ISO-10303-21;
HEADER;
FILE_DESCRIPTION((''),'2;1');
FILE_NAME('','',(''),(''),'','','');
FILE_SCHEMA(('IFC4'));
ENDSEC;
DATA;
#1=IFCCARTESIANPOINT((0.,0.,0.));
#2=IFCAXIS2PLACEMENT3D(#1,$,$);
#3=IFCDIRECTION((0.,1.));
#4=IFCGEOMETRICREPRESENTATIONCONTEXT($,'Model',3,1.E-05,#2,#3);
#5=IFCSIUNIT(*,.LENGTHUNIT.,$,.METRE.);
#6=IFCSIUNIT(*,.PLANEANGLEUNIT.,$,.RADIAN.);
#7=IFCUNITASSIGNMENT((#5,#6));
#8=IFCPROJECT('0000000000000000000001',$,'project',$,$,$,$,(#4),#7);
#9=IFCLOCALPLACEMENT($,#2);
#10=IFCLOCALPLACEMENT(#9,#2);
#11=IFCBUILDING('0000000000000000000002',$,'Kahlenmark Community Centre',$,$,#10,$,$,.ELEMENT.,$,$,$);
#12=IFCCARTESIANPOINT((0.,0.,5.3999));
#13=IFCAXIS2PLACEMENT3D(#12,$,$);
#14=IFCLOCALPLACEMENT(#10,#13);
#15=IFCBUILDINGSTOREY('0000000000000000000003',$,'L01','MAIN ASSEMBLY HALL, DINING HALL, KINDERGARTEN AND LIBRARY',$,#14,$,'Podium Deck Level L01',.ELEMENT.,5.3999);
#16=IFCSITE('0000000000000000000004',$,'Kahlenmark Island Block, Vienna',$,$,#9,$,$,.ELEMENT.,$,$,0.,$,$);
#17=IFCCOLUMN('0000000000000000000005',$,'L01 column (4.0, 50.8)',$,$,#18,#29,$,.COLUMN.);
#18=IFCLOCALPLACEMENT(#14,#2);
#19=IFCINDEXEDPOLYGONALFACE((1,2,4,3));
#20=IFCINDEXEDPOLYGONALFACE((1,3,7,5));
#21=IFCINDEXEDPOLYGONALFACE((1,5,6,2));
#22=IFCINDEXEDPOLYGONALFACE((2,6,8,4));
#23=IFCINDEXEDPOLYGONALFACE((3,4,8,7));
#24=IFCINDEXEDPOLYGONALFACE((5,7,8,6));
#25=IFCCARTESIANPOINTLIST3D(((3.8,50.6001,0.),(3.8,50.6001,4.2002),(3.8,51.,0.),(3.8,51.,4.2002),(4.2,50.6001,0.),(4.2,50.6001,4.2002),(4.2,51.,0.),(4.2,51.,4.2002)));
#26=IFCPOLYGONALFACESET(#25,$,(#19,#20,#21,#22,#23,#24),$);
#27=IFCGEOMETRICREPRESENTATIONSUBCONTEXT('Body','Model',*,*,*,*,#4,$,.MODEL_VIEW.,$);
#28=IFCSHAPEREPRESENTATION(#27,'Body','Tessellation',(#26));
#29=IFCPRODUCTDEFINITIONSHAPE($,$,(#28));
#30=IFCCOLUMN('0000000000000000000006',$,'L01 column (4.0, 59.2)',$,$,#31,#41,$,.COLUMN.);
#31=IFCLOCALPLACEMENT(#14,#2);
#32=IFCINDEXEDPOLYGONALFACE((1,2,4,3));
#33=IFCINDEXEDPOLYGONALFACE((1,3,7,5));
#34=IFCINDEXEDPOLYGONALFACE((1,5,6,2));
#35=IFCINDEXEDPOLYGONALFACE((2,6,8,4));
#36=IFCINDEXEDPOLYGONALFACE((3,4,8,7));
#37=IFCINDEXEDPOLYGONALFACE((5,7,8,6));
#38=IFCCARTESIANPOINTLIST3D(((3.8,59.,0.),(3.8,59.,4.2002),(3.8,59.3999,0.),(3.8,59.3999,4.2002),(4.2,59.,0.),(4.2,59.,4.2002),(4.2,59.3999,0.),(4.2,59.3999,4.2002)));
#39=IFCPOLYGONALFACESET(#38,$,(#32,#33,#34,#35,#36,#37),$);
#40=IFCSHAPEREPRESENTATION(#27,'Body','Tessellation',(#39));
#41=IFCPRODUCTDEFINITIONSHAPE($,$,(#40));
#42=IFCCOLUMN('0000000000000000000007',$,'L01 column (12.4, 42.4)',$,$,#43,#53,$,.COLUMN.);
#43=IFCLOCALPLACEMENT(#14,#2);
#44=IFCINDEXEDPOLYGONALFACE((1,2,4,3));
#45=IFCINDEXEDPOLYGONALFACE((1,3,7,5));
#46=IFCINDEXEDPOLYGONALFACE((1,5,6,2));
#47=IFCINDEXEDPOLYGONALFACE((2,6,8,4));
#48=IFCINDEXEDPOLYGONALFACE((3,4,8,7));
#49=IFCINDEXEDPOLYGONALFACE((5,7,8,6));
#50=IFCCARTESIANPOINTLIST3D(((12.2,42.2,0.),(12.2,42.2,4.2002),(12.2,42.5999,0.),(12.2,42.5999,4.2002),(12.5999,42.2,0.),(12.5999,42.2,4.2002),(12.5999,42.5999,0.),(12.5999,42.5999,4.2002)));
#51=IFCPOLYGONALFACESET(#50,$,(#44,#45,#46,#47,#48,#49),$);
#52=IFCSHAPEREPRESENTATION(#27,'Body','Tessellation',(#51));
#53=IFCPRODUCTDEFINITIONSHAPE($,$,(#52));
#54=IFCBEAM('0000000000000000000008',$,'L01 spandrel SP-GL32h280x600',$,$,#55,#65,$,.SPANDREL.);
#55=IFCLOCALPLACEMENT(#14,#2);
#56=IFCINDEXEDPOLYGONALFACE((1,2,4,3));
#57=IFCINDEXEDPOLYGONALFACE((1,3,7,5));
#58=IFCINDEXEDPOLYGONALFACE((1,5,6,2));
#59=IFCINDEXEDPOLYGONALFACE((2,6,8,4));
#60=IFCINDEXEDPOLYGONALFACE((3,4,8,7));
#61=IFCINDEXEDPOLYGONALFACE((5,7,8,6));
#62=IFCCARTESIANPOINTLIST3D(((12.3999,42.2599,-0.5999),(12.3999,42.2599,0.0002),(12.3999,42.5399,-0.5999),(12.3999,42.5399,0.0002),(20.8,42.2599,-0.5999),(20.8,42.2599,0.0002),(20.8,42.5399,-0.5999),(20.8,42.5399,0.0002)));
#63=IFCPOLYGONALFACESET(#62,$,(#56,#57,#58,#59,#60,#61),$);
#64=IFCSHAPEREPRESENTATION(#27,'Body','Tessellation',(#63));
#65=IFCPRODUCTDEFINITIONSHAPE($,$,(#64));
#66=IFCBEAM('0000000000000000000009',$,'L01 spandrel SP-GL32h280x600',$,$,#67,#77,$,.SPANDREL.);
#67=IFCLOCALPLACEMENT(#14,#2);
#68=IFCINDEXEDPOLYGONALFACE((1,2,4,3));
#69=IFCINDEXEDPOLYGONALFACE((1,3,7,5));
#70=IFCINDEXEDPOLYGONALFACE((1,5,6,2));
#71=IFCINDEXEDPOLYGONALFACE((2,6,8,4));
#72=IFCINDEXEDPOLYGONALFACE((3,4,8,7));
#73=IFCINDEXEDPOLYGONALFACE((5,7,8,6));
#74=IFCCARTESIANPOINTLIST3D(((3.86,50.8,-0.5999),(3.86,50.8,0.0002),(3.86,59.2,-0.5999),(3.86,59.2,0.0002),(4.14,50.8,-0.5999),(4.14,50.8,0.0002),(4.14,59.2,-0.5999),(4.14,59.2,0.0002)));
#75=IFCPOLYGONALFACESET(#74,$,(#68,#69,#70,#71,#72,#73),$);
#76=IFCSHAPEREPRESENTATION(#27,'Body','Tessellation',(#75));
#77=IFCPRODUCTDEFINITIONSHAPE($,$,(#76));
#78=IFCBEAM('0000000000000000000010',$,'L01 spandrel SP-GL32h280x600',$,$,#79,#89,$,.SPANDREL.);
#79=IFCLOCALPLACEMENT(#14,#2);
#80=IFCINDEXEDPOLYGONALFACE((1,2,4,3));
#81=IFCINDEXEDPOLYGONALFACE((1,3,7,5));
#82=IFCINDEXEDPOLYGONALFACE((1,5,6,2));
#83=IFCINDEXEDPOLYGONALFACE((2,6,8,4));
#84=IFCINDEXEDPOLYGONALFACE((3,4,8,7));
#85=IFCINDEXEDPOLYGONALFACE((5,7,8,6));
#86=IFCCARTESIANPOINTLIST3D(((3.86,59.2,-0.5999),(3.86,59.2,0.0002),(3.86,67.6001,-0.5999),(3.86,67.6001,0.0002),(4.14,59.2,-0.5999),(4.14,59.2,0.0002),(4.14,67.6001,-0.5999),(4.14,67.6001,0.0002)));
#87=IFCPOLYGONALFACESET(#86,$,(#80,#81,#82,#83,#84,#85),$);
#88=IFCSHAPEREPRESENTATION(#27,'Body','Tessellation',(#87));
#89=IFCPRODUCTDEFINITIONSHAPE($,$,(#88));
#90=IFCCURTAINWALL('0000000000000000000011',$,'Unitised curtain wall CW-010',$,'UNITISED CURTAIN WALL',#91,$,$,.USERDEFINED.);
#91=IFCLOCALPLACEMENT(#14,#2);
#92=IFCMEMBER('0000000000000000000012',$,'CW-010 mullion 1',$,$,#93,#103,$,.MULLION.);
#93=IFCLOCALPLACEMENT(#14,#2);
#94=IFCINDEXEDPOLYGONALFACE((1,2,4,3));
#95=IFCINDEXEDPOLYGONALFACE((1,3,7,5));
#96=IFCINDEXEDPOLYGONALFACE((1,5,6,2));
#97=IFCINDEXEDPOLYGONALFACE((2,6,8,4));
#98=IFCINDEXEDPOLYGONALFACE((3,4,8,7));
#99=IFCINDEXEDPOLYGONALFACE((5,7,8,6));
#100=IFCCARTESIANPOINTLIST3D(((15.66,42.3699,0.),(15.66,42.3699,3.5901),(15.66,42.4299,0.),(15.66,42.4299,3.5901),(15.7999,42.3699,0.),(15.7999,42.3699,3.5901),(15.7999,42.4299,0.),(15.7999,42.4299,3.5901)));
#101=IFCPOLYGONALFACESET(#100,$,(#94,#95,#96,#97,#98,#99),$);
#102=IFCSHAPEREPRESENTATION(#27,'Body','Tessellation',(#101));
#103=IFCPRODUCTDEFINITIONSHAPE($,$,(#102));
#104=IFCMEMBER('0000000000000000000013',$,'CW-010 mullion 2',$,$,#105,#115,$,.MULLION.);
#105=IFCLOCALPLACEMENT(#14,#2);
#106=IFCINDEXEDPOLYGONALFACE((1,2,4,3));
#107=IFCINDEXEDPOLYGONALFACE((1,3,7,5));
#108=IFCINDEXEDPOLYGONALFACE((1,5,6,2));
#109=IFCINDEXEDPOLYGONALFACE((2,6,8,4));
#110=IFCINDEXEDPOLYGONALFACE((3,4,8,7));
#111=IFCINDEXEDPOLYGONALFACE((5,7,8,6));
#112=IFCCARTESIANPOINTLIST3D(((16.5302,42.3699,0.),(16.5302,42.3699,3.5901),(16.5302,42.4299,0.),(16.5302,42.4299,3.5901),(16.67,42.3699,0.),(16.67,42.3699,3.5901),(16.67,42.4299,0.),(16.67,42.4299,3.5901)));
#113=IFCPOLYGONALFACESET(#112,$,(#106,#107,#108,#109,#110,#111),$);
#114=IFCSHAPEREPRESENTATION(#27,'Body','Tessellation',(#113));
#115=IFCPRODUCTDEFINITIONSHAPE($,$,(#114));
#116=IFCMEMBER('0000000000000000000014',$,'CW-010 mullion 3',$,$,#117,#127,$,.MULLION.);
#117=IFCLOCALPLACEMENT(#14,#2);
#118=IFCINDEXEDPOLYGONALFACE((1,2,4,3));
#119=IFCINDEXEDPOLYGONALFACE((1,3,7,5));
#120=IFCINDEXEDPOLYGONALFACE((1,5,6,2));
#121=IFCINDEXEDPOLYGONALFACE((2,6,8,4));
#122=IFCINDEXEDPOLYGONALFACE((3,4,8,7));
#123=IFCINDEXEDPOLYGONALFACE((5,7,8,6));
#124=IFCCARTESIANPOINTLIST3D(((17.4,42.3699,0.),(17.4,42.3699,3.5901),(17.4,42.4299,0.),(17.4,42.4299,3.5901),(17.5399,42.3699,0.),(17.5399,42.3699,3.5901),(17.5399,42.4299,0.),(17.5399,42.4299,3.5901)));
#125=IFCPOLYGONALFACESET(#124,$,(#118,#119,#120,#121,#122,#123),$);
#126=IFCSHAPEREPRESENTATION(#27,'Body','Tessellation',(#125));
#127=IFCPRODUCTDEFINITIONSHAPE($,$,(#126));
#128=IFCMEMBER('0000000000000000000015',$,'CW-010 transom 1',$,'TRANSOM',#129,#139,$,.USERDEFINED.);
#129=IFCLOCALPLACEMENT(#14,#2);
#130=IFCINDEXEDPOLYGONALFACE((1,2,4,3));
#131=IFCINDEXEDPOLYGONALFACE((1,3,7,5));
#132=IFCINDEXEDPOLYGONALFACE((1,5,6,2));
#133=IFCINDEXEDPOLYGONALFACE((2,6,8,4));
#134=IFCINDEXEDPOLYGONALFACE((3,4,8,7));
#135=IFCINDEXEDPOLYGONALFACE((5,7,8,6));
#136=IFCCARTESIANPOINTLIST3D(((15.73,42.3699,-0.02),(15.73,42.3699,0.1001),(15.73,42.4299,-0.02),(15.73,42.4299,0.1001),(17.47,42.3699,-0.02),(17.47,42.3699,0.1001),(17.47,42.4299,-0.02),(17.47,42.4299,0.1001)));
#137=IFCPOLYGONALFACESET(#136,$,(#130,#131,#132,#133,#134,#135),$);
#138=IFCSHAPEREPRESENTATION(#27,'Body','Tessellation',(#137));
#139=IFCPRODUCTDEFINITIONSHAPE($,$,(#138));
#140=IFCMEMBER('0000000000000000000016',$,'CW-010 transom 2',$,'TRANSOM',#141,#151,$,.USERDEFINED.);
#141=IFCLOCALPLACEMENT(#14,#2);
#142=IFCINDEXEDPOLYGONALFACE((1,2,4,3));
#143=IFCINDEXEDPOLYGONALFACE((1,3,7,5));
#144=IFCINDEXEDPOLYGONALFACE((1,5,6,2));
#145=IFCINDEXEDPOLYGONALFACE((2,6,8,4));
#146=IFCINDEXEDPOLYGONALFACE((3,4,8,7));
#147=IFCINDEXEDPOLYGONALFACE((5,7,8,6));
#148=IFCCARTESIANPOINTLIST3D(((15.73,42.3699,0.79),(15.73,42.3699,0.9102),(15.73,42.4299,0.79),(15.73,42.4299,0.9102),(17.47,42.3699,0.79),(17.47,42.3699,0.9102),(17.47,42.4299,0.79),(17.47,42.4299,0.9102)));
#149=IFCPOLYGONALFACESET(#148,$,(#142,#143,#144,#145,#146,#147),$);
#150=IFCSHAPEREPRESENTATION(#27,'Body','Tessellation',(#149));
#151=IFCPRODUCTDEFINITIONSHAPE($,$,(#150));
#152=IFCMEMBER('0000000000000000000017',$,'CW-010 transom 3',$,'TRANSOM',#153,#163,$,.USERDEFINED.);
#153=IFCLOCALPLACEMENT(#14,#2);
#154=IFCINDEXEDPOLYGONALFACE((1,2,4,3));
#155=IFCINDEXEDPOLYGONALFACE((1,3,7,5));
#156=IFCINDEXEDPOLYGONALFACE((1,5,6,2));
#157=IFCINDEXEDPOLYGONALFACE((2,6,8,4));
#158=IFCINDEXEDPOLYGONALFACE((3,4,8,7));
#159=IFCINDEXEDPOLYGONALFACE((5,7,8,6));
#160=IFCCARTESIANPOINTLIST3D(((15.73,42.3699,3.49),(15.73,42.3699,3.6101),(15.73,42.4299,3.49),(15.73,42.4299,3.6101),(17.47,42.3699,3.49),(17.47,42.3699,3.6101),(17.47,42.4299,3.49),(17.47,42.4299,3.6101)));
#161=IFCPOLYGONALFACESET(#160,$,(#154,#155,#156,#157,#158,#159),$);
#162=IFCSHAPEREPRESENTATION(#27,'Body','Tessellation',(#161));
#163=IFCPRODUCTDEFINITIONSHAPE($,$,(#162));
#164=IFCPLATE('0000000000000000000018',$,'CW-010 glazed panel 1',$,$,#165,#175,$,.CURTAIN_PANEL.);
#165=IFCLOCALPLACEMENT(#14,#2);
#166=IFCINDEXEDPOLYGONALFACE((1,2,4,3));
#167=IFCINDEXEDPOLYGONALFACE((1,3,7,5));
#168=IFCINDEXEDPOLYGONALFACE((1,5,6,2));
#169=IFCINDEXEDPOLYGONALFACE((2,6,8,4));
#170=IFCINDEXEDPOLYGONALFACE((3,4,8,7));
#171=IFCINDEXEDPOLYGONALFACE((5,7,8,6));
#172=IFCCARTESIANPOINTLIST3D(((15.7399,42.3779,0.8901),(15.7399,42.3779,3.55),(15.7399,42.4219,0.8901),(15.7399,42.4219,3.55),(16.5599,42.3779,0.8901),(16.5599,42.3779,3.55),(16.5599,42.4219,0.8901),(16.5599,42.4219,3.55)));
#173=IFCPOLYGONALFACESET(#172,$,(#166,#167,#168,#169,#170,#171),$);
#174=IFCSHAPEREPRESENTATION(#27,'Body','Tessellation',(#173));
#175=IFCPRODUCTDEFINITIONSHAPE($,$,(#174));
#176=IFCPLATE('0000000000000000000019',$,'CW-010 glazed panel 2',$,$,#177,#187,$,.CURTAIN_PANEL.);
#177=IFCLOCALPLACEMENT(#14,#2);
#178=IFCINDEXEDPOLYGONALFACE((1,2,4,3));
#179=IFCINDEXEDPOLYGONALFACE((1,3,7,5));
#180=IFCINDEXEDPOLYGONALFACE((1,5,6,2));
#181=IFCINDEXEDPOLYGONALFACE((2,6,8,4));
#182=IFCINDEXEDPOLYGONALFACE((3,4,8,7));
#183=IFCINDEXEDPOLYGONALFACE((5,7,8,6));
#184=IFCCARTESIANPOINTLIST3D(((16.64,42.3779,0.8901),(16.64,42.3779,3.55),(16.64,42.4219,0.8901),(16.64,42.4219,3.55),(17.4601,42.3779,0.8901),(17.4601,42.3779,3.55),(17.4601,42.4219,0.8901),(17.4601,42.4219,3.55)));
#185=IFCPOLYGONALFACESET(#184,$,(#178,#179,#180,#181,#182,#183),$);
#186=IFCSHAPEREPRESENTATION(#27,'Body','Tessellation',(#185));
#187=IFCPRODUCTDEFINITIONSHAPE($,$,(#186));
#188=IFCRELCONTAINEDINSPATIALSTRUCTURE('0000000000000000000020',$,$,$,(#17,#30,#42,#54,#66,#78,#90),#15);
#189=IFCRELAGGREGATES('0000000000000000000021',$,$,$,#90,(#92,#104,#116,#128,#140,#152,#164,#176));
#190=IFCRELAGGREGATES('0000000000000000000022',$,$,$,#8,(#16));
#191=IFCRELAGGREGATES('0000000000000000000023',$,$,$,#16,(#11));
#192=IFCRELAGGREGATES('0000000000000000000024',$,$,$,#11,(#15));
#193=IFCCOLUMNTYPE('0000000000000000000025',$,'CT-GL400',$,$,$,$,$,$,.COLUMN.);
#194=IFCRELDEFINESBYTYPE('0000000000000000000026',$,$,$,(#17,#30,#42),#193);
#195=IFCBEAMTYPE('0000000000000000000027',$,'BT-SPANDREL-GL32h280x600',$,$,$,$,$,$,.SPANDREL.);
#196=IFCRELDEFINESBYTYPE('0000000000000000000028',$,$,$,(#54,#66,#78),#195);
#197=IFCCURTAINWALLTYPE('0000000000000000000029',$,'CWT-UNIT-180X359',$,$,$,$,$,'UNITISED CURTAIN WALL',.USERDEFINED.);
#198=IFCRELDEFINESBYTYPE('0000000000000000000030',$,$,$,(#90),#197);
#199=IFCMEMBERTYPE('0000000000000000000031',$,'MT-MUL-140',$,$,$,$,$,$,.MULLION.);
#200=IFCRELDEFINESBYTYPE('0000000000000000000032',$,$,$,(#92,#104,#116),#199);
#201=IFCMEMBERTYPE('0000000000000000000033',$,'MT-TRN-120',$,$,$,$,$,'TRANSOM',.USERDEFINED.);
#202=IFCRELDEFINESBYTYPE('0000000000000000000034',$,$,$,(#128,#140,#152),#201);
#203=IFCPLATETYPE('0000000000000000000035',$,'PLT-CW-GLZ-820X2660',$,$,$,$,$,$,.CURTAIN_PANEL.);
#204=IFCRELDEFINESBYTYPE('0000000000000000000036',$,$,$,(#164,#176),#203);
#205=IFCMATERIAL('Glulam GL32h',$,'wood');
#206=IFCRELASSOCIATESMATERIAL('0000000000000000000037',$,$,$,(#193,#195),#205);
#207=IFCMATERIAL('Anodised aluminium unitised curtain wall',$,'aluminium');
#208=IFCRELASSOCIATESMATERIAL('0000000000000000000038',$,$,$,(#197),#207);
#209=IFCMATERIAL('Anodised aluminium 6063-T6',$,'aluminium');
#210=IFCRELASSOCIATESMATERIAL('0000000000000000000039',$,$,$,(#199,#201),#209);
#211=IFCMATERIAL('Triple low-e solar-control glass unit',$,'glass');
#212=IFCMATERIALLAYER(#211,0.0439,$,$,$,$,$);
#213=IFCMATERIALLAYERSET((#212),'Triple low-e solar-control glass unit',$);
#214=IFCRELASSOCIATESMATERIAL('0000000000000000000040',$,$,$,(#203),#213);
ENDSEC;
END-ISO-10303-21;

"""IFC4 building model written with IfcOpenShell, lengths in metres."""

from ifc_helpers import new_model, si_unit, direction, frame, origin, origin_2d, place, context, subcontext, project, spatial, rectangle, extrude, material, layer, layer_set, material_profile, profile_set, type_object, element, aggregate, save


model = new_model("IFC4")

# Units and contexts
model_context = context("Model", 3, precision=1e-05, world=origin(), true_north=direction((0.0, 1.0)))
body_context = subcontext(model_context, "Body", "Model", "MODEL_VIEW")
ifc_project = project(units=[si_unit("LENGTHUNIT", "METRE"), si_unit("PLANEANGLEUNIT", "RADIAN")], contexts=[model_context])

# Site, building, storey
site_placement = place(None, origin())
site = spatial("IfcSite", under=ifc_project, at=site_placement, Name="Kahlenmark Island Block, Vienna", CompositionType="ELEMENT", RefElevation=0.0)
building_placement = place(site_placement, origin())
building = spatial("IfcBuilding", under=site, at=building_placement, Name="Kahlenmark Community Centre", CompositionType="ELEMENT")
storey_placement = place(building_placement, frame((0.0, 0.0, 5.3999)))
storey = spatial("IfcBuildingStorey", under=building, at=storey_placement, Name="L01", Description="MAIN ASSEMBLY HALL, DINING HALL, KINDERGARTEN AND LIBRARY", LongName="Podium Deck Level L01", CompositionType="ELEMENT", Elevation=5.3999)

# Columns
ifc_material_1 = material(Name="Glulam GL32h", Category="wood")
ifc_material_profile_1 = material_profile(ifc_material_1, rectangle(XDim=0.3999, YDim=0.3999, at=origin_2d()), Name="GL32h 400x400")
ifc_profile_set_1 = profile_set([ifc_material_profile_1], Name="Glulam GL32h")
column_type = type_object("IfcColumnType", Name="CT-GL400", PredefinedType="COLUMN", material=ifc_profile_set_1)
for number, where, z_axis, x_axis, name in (
    (1, (4.0, 50.8, 0.0), (0.0, 0.0, 1.0), (1.0, 0.0, 0.0), "L01 column (4.0, 50.8)"),
    (2, (4.0, 59.2, 0.0), (0.0, 0.0, 1.0), (1.0, 0.0, 0.0), "L01 column (4.0, 59.2)"),
    (3, (12.3999, 42.3999, 0.0), (0.0, 0.0, 1.0), (1.0, 0.0, 0.0), "L01 column (12.4, 42.4)"),
):
    element("IfcColumn", number, at=place(storey_placement, frame(where, z_axis=z_axis, x_axis=x_axis)), inside=storey, type_object=column_type, Name=name, PredefinedType="COLUMN", context=body_context, shape_type="SweptSolid", body=[
        extrude(rectangle(XDim=0.3999, YDim=0.3999, at=origin_2d()), origin(), (0.0, 0.0, 1.0), 4.2002),
    ])

# Beams
ifc_material_profile_2 = material_profile(ifc_material_1, rectangle(XDim=0.28, YDim=0.6001, at=origin_2d()), Name="GL32h 280x600")
ifc_profile_set_2 = profile_set([ifc_material_profile_2], Name="Glulam GL32h")
beam_type = type_object("IfcBeamType", Name="BT-SPANDREL-GL32h280x600", PredefinedType="SPANDREL", material=ifc_profile_set_2)
beam_1_placement = place(storey_placement, frame((12.3999, 42.3999, -0.2998), z_axis=(1.0, 0.0, 0.0), x_axis=(0.0, 1.0, 0.0)))
element("IfcBeam", 4, at=beam_1_placement, inside=storey, type_object=beam_type, Name="L01 spandrel SP-GL32h280x600", PredefinedType="SPANDREL", context=body_context, shape_type="SweptSolid", body=[
    extrude(rectangle(XDim=0.28, YDim=0.6001, at=origin_2d()), origin(), (0.0, 0.0, 1.0), 8.4001),
])
beam_2_placement = place(storey_placement, frame((4.0, 50.8, -0.2998), z_axis=(0.0, 1.0, 0.0), x_axis=(-1.0, 0.0, 0.0)))
element("IfcBeam", 5, at=beam_2_placement, inside=storey, type_object=beam_type, Name="L01 spandrel SP-GL32h280x600", PredefinedType="SPANDREL", context=body_context, shape_type="SweptSolid", body=[
    extrude(rectangle(XDim=0.28, YDim=0.6001, at=origin_2d()), origin(), (0.0, 0.0, 1.0), 8.3999),
])
beam_3_placement = place(storey_placement, frame((4.0, 59.2, -0.2998), z_axis=(0.0, 1.0, 0.0), x_axis=(-1.0, 0.0, 0.0)))
element("IfcBeam", 6, at=beam_3_placement, inside=storey, type_object=beam_type, Name="L01 spandrel SP-GL32h280x600", PredefinedType="SPANDREL", context=body_context, shape_type="SweptSolid", body=[
    extrude(rectangle(XDim=0.28, YDim=0.6001, at=origin_2d()), origin(), (0.0, 0.0, 1.0), 8.4001),
])

# Curtain wall, members, plates
ifc_material_2 = material(Name="Anodised aluminium unitised curtain wall", Category="aluminium")
curtain_wall_type = type_object("IfcCurtainWallType", Name="CWT-UNIT-180X359", ElementType="UNITISED CURTAIN WALL", PredefinedType="USERDEFINED", material=ifc_material_2)
curtain_wall_placement = place(storey_placement, origin())
curtain_wall = element("IfcCurtainWall", 7, at=curtain_wall_placement, inside=storey, type_object=curtain_wall_type, Name="Unitised curtain wall CW-010", ObjectType="UNITISED CURTAIN WALL", PredefinedType="USERDEFINED")
ifc_material_3 = material(Name="Anodised aluminium 6063-T6", Category="aluminium")
ifc_material_profile_3 = material_profile(ifc_material_3, rectangle(XDim=0.0601, YDim=0.1399, at=origin_2d()), Name="ALU MULLION 60x140")
ifc_profile_set_3 = profile_set([ifc_material_profile_3], Name="Anodised aluminium 6063-T6")
member_type_1 = type_object("IfcMemberType", Name="MT-MUL-140", PredefinedType="MULLION", material=ifc_profile_set_3)
member_1_placement = place(storey_placement, frame((15.73, 42.3999, 0.0), z_axis=(0.0, 0.0, 1.0), x_axis=(0.0, 1.0, 0.0)))
member_1 = element("IfcMember", 8, at=member_1_placement, type_object=member_type_1, Name="CW-010 mullion 1", PredefinedType="MULLION", context=body_context, shape_type="SweptSolid", body=[
    extrude(rectangle(XDim=0.0601, YDim=0.1399, at=origin_2d()), origin(), (0.0, 0.0, 1.0), 3.5901),
])
member_2_placement = place(storey_placement, frame((16.6001, 42.3999, 0.0), z_axis=(0.0, 0.0, 1.0), x_axis=(0.0, 1.0, 0.0)))
member_2 = element("IfcMember", 9, at=member_2_placement, type_object=member_type_1, Name="CW-010 mullion 2", PredefinedType="MULLION", context=body_context, shape_type="SweptSolid", body=[
    extrude(rectangle(XDim=0.0601, YDim=0.1399, at=origin_2d()), origin(), (0.0, 0.0, 1.0), 3.5901),
])
member_3_placement = place(storey_placement, frame((17.47, 42.3999, 0.0), z_axis=(0.0, 0.0, 1.0), x_axis=(0.0, 1.0, 0.0)))
member_3 = element("IfcMember", 10, at=member_3_placement, type_object=member_type_1, Name="CW-010 mullion 3", PredefinedType="MULLION", context=body_context, shape_type="SweptSolid", body=[
    extrude(rectangle(XDim=0.0601, YDim=0.1399, at=origin_2d()), origin(), (0.0, 0.0, 1.0), 3.5901),
])
ifc_material_profile_4 = material_profile(ifc_material_3, rectangle(XDim=0.0601, YDim=0.1201, at=origin_2d()), Name="ALU TRANSOM 60x120")
ifc_profile_set_4 = profile_set([ifc_material_profile_4], Name="Anodised aluminium 6063-T6")
member_type_2 = type_object("IfcMemberType", Name="MT-TRN-120", ElementType="TRANSOM", PredefinedType="USERDEFINED", material=ifc_profile_set_4)
member_4_placement = place(storey_placement, frame((15.73, 42.3999, 0.04), z_axis=(1.0, 0.0, 0.0), x_axis=(0.0, 1.0, 0.0)))
member_4 = element("IfcMember", 11, at=member_4_placement, type_object=member_type_2, Name="CW-010 transom 1", ObjectType="TRANSOM", PredefinedType="USERDEFINED", context=body_context, shape_type="SweptSolid", body=[
    extrude(rectangle(XDim=0.0601, YDim=0.1201, at=origin_2d()), origin(), (0.0, 0.0, 1.0), 1.74),
])
member_5_placement = place(storey_placement, frame((15.73, 42.3999, 0.8501), z_axis=(1.0, 0.0, 0.0), x_axis=(0.0, 1.0, 0.0)))
member_5 = element("IfcMember", 12, at=member_5_placement, type_object=member_type_2, Name="CW-010 transom 2", ObjectType="TRANSOM", PredefinedType="USERDEFINED", context=body_context, shape_type="SweptSolid", body=[
    extrude(rectangle(XDim=0.0601, YDim=0.1201, at=origin_2d()), origin(), (0.0, 0.0, 1.0), 1.74),
])
member_6_placement = place(storey_placement, frame((15.73, 42.3999, 3.55), z_axis=(1.0, 0.0, 0.0), x_axis=(0.0, 1.0, 0.0)))
member_6 = element("IfcMember", 13, at=member_6_placement, type_object=member_type_2, Name="CW-010 transom 3", ObjectType="TRANSOM", PredefinedType="USERDEFINED", context=body_context, shape_type="SweptSolid", body=[
    extrude(rectangle(XDim=0.0601, YDim=0.1201, at=origin_2d()), origin(), (0.0, 0.0, 1.0), 1.74),
])
ifc_material_4 = material(Name="Triple low-e solar-control glass unit", Category="glass")
ifc_layer_1 = layer(ifc_material_4, 0.0439)
ifc_layer_set_1 = layer_set([ifc_layer_1], Name="Triple low-e solar-control glass unit")
plate_type_1 = type_object("IfcPlateType", Name="PLT-CW-GLZ-820X2660", PredefinedType="CURTAIN_PANEL", material=ifc_layer_set_1)
plate_1_placement = place(storey_placement, frame((16.1499, 42.3999, 0.8901), z_axis=(0.0, 0.0, 1.0), x_axis=(1.0, 0.0, 0.0)))
plate_1 = element("IfcPlate", 14, at=plate_1_placement, type_object=plate_type_1, Name="CW-010 glazed panel 1", PredefinedType="CURTAIN_PANEL", context=body_context, shape_type="SweptSolid", body=[
    extrude(rectangle(XDim=0.8201, YDim=0.0439, at=origin_2d()), origin(), (0.0, 0.0, 1.0), 2.6599),
])
plate_2_placement = place(storey_placement, frame((17.05, 42.3999, 0.8901), z_axis=(0.0, 0.0, 1.0), x_axis=(1.0, 0.0, 0.0)))
plate_2 = element("IfcPlate", 15, at=plate_2_placement, type_object=plate_type_1, Name="CW-010 glazed panel 2", PredefinedType="CURTAIN_PANEL", context=body_context, shape_type="SweptSolid", body=[
    extrude(rectangle(XDim=0.8201, YDim=0.0439, at=origin_2d()), origin(), (0.0, 0.0, 1.0), 2.6599),
])
aggregate(curtain_wall, [member_1, member_2, member_3, member_4, member_5, member_6, plate_1, plate_2])

save(model, "model.ifc")
